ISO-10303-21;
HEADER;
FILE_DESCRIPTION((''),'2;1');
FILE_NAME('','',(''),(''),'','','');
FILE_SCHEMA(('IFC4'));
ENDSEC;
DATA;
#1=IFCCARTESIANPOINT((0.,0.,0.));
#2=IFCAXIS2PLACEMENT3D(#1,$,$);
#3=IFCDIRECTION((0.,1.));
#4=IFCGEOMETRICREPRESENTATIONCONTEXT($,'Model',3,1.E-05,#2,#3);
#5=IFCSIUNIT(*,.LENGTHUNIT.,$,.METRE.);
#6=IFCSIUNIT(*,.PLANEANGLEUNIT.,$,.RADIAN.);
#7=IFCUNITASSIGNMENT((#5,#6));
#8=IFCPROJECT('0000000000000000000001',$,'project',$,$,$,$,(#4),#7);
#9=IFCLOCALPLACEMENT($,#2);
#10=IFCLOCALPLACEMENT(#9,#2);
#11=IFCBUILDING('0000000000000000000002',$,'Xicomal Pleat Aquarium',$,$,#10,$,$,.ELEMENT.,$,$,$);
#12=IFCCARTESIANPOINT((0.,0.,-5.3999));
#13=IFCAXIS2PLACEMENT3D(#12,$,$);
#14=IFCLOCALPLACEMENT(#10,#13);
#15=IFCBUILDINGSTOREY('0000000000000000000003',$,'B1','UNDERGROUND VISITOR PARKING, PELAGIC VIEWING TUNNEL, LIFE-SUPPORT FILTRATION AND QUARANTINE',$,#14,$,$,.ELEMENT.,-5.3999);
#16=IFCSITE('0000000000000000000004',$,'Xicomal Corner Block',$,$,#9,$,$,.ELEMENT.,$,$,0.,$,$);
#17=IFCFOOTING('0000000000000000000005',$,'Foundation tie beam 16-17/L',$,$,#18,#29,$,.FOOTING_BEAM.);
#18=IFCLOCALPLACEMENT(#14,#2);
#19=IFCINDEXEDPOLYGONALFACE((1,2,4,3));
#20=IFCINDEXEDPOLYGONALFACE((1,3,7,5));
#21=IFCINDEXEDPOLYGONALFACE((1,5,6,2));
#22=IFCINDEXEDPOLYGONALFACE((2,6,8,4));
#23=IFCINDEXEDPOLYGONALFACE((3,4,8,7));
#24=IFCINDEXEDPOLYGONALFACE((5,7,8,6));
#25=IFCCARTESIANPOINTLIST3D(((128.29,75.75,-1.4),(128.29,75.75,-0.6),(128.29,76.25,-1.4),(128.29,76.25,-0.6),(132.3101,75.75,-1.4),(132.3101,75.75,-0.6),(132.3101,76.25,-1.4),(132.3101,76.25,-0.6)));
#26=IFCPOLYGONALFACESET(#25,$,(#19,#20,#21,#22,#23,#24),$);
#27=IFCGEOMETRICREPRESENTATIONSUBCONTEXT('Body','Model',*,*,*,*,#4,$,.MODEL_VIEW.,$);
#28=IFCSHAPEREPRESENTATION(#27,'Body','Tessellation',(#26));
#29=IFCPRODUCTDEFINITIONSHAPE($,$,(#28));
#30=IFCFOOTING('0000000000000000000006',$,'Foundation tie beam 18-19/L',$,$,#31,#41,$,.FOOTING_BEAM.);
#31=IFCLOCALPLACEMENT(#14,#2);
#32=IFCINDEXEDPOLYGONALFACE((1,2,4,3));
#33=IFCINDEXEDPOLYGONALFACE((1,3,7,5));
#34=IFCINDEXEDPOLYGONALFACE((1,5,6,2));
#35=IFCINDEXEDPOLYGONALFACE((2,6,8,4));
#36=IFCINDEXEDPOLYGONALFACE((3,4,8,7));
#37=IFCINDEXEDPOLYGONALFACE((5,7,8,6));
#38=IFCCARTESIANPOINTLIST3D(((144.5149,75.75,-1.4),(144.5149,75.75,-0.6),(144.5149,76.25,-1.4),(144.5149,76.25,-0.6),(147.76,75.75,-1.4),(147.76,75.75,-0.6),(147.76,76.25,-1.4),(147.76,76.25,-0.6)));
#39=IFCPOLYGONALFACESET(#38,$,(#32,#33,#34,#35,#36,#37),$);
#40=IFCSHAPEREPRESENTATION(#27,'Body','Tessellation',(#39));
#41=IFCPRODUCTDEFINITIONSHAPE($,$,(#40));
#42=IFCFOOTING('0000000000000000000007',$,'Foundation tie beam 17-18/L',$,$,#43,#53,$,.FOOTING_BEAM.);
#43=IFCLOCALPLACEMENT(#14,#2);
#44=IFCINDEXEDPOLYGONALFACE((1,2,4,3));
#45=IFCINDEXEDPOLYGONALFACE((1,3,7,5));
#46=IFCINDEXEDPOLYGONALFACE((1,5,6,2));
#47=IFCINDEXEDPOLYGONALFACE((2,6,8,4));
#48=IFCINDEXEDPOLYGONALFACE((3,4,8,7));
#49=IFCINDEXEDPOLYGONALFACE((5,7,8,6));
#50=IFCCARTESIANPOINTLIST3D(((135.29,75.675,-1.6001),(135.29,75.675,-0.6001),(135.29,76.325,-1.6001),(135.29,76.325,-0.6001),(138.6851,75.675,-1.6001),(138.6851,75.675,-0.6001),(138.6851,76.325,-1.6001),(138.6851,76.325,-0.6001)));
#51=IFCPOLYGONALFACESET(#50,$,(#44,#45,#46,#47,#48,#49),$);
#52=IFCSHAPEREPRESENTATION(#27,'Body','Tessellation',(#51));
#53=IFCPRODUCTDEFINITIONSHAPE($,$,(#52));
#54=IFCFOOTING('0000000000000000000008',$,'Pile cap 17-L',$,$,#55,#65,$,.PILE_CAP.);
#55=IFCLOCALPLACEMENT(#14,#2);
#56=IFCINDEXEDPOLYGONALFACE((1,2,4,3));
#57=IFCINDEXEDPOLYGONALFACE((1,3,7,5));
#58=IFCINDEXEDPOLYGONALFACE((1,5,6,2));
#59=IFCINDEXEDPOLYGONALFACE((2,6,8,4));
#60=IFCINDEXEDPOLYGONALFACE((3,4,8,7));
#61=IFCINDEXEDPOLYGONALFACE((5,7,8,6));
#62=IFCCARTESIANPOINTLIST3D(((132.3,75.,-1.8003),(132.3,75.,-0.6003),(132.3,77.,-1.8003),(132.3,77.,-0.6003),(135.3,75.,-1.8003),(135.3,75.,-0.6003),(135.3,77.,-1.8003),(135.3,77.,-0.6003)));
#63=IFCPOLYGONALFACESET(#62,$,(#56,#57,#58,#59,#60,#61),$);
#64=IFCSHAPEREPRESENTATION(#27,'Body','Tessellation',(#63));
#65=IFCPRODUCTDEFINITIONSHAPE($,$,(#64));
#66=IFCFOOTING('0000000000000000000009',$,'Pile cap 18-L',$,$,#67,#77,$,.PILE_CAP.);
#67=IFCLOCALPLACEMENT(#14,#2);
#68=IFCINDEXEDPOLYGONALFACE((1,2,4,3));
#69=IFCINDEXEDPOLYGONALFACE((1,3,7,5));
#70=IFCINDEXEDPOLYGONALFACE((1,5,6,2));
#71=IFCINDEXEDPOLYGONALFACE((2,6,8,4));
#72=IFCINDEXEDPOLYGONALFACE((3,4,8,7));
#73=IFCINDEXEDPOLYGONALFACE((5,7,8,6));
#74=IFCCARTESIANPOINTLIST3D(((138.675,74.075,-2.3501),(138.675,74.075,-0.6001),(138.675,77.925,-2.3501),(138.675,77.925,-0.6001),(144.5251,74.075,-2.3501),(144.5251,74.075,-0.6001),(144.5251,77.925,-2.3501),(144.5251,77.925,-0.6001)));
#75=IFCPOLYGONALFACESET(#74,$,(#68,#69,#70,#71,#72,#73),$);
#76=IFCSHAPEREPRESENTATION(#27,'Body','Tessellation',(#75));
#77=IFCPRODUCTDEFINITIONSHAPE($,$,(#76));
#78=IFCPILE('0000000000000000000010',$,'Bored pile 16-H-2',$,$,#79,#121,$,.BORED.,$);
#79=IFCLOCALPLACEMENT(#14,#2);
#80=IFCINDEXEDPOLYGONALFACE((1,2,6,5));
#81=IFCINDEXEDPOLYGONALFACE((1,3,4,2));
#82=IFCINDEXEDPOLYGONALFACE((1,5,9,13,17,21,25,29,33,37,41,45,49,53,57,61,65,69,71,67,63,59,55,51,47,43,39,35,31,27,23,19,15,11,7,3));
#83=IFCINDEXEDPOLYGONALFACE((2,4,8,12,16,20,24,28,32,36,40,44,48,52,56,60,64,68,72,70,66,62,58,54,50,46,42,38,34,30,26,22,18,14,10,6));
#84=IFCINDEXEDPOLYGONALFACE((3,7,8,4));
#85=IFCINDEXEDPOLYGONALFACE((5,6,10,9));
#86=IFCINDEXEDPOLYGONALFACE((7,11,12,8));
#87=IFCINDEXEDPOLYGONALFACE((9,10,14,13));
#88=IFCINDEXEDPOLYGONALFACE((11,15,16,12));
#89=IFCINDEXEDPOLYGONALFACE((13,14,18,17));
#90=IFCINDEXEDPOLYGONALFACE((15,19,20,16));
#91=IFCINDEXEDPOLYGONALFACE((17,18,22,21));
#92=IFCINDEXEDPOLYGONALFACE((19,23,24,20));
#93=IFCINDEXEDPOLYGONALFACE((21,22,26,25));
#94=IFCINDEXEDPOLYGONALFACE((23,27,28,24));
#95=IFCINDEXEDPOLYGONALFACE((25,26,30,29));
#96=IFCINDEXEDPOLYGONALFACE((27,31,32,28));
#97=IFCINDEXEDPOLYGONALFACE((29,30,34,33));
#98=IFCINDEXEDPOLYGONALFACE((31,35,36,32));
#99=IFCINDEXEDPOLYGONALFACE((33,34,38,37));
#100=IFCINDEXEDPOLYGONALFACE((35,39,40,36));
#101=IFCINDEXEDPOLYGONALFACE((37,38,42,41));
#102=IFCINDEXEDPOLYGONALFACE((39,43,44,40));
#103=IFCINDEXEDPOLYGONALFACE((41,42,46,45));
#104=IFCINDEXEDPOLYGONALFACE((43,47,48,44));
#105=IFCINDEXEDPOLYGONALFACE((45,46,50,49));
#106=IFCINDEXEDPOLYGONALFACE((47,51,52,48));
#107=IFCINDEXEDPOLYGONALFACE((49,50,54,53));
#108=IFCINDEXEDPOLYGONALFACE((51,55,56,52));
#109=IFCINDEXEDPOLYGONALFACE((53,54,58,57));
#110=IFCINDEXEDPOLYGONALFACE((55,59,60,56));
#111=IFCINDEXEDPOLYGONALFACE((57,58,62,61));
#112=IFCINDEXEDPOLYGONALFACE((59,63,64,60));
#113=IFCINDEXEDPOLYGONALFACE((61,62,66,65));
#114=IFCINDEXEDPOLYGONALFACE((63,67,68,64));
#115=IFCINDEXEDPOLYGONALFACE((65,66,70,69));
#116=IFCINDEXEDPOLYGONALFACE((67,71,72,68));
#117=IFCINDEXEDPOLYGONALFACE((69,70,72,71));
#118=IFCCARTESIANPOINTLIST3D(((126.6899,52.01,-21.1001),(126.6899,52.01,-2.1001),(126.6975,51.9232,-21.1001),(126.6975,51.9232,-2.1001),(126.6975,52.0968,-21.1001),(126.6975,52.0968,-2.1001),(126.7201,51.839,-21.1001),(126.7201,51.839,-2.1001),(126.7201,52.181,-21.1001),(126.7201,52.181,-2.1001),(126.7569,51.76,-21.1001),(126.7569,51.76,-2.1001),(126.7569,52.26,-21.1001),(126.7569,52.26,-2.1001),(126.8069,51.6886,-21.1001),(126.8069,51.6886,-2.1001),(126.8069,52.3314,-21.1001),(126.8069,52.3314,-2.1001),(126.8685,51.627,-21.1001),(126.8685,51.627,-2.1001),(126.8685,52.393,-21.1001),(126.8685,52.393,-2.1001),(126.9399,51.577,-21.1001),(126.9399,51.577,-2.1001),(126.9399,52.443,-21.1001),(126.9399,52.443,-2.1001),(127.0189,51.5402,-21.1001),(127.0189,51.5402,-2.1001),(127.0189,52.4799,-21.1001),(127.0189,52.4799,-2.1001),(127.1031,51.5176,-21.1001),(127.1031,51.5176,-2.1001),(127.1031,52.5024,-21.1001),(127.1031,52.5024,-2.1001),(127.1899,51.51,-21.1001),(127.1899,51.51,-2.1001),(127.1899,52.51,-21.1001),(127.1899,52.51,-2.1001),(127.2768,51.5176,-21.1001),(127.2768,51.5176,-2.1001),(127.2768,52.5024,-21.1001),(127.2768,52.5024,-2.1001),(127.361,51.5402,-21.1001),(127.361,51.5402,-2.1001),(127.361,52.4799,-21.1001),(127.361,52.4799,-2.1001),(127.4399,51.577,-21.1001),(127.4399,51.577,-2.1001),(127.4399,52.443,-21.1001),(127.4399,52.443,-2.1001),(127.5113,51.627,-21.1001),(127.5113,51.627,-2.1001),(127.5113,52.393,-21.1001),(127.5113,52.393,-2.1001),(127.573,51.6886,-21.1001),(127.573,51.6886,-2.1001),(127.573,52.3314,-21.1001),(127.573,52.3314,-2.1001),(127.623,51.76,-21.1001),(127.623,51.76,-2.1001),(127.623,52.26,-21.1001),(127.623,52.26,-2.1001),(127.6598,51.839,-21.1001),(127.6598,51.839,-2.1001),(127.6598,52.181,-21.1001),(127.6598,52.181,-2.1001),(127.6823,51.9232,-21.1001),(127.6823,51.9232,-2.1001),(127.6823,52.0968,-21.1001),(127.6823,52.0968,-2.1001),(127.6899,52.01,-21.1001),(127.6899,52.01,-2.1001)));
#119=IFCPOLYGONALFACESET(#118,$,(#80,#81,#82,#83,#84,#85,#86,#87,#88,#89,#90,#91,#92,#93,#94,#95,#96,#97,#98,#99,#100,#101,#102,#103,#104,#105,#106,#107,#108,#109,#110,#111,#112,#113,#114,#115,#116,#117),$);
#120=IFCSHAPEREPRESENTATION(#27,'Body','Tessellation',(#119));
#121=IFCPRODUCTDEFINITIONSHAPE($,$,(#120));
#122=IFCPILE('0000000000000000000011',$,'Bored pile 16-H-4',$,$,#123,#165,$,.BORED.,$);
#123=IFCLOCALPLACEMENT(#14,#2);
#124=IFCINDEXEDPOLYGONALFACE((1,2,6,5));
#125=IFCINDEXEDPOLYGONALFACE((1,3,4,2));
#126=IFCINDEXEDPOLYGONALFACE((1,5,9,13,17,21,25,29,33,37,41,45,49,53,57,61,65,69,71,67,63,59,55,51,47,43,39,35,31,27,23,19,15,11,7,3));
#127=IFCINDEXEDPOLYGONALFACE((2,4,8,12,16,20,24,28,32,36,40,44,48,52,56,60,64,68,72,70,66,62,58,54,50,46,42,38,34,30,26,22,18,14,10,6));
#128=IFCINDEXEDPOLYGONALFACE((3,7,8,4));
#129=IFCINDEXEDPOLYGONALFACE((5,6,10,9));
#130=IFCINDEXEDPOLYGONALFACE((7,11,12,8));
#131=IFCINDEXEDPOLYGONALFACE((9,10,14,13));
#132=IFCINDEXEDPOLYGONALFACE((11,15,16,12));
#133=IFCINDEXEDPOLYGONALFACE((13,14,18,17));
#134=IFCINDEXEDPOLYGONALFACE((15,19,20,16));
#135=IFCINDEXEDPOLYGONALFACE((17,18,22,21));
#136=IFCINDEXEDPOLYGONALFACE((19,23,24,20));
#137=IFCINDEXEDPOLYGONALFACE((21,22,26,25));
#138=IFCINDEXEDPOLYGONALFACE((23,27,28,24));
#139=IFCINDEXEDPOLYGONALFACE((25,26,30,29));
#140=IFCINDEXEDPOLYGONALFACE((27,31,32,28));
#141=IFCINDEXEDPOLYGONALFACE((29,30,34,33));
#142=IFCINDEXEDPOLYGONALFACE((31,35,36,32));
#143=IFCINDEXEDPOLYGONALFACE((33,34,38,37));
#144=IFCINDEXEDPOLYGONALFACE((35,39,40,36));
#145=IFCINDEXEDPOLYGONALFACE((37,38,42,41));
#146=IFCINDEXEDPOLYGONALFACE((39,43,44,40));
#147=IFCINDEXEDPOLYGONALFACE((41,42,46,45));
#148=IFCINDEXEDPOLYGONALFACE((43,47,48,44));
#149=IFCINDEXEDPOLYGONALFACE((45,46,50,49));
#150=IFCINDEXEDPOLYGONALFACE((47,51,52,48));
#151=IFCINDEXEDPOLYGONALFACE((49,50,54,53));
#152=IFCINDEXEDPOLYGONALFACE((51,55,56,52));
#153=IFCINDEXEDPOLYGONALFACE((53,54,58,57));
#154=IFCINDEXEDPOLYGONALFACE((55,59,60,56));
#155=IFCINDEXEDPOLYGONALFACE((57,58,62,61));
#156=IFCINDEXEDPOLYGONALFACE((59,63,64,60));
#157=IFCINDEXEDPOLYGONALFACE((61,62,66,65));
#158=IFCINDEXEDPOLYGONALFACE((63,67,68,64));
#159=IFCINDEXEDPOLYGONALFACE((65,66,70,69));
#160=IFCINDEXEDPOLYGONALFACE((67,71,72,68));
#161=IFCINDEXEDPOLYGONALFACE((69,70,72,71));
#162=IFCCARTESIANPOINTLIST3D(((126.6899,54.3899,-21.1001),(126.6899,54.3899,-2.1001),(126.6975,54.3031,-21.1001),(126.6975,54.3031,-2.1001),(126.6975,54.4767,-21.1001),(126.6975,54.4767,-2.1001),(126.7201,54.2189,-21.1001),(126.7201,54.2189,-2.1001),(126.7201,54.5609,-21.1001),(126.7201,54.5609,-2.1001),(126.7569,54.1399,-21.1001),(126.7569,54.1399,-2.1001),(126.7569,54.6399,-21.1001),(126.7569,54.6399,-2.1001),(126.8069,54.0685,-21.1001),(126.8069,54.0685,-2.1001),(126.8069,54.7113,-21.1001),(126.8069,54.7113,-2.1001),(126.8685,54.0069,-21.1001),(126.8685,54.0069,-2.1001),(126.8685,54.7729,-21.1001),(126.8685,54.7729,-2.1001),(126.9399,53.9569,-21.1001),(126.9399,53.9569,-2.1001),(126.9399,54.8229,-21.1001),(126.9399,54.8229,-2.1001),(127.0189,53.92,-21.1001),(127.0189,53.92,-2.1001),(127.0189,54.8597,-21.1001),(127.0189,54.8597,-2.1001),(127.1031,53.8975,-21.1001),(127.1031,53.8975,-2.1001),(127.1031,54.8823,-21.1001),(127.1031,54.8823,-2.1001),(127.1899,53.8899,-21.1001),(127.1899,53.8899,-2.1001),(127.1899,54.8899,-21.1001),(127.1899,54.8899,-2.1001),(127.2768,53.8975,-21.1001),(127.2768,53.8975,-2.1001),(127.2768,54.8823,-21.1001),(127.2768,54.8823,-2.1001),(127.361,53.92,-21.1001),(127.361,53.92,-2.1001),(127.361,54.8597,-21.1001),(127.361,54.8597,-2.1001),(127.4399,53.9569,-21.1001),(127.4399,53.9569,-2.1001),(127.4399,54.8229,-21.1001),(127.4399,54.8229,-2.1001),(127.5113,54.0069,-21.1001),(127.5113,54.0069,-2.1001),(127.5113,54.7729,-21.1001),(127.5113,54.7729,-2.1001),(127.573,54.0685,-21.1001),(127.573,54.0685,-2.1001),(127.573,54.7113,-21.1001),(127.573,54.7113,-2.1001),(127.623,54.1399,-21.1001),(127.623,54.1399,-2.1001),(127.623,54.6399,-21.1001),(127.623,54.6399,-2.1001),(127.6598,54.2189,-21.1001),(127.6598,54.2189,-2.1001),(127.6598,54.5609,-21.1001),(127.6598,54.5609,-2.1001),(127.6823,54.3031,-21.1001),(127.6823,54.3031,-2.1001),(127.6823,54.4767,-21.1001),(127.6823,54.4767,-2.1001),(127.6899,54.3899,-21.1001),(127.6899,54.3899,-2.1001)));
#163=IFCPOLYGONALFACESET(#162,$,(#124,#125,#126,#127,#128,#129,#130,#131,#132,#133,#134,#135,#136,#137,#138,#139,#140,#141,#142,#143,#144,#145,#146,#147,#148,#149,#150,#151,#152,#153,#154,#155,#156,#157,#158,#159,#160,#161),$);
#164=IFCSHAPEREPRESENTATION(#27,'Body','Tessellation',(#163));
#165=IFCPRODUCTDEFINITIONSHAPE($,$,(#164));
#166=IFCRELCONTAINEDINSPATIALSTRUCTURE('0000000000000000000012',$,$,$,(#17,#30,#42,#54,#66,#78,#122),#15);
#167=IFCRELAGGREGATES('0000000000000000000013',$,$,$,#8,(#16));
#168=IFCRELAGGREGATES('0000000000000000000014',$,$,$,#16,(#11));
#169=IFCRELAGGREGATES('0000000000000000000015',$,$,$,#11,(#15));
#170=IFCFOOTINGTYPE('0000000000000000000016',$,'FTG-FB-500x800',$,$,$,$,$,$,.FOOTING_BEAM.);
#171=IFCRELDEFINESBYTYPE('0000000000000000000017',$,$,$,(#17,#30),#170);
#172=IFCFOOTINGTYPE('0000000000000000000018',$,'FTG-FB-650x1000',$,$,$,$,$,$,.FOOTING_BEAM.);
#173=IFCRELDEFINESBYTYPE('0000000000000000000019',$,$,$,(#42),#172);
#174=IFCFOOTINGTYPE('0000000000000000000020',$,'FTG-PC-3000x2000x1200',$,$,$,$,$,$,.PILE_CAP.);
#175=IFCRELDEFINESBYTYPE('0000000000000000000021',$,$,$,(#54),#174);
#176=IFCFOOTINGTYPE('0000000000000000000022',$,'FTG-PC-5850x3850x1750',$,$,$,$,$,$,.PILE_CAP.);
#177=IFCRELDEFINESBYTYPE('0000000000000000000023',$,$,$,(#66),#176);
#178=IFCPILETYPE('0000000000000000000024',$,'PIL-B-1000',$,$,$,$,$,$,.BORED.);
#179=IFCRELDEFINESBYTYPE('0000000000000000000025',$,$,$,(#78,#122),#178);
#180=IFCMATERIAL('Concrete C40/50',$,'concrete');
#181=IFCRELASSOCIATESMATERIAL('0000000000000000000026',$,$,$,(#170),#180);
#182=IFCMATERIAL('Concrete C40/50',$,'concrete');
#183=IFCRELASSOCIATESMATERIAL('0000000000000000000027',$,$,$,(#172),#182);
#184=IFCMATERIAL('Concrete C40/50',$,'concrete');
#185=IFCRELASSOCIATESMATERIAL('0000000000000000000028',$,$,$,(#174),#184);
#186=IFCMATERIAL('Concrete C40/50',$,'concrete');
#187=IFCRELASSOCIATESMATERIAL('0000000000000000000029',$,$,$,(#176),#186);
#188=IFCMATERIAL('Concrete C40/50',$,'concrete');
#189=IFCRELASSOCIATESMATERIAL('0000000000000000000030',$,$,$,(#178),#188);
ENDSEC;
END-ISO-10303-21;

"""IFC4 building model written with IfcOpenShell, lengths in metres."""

from ifc_helpers import new_model, si_unit, direction, frame, origin, origin_2d, place, context, subcontext, project, spatial, rectangle, circle, extrude, material, material_profile, profile_set, type_object, element, save


model = new_model("IFC4")

# Units and contexts
model_context = context("Model", 3, precision=1e-05, world=origin(), true_north=direction((0.0, 1.0)))
body_context = subcontext(model_context, "Body", "Model", "MODEL_VIEW")
ifc_project = project(units=[si_unit("LENGTHUNIT", "METRE"), si_unit("PLANEANGLEUNIT", "RADIAN")], contexts=[model_context])

# Site, building, storey
site_placement = place(None, origin())
site = spatial("IfcSite", under=ifc_project, at=site_placement, Name="Xicomal Corner Block", CompositionType="ELEMENT", RefElevation=0.0)
building_placement = place(site_placement, origin())
building = spatial("IfcBuilding", under=site, at=building_placement, Name="Xicomal Pleat Aquarium", CompositionType="ELEMENT")
storey_placement = place(building_placement, frame((0.0, 0.0, -5.3999)))
storey = spatial("IfcBuildingStorey", under=building, at=storey_placement, Name="B1", Description="UNDERGROUND VISITOR PARKING, PELAGIC VIEWING TUNNEL, LIFE-SUPPORT FILTRATION AND QUARANTINE", CompositionType="ELEMENT", Elevation=-5.3999)

# Footings
ifc_material_1 = material(Name="Concrete C40/50", Category="concrete")
ifc_material_profile_1 = material_profile(ifc_material_1, rectangle(XDim=0.5, YDim=0.8, at=origin_2d()), Name="FB-01 500x800")
ifc_profile_set_1 = profile_set([ifc_material_profile_1], Name="Concrete C40/50")
footing_type_1 = type_object("IfcFootingType", Name="FTG-FB-500x800", PredefinedType="FOOTING_BEAM", material=ifc_profile_set_1)
footing_1_placement = place(storey_placement, frame((128.29, 76.0, -1.0), z_axis=(1.0, 0.0, 0.0), x_axis=(0.0, 1.0, 0.0)))
element("IfcFooting", 1, at=footing_1_placement, inside=storey, type_object=footing_type_1, Name="Foundation tie beam 16-17/L", PredefinedType="FOOTING_BEAM", context=body_context, shape_type="SweptSolid", body=[
    extrude(rectangle(XDim=0.5, YDim=0.8, at=origin_2d()), origin(), (0.0, 0.0, 1.0), 4.02),
])
footing_2_placement = place(storey_placement, frame((144.5149, 76.0, -1.0), z_axis=(1.0, 0.0, 0.0), x_axis=(0.0, 1.0, 0.0)))
element("IfcFooting", 2, at=footing_2_placement, inside=storey, type_object=footing_type_1, Name="Foundation tie beam 18-19/L", PredefinedType="FOOTING_BEAM", context=body_context, shape_type="SweptSolid", body=[
    extrude(rectangle(XDim=0.5, YDim=0.8, at=origin_2d()), origin(), (0.0, 0.0, 1.0), 3.2451),
])
ifc_material_2 = material(Name="Concrete C40/50", Category="concrete")
ifc_material_profile_2 = material_profile(ifc_material_2, rectangle(XDim=0.6499, YDim=1.0, at=origin_2d()), Name="FB-03 650x1000")
ifc_profile_set_2 = profile_set([ifc_material_profile_2], Name="Concrete C40/50")
footing_type_2 = type_object("IfcFootingType", Name="FTG-FB-650x1000", PredefinedType="FOOTING_BEAM", material=ifc_profile_set_2)
footing_3_placement = place(storey_placement, frame((135.29, 76.0, -1.1001), z_axis=(1.0, 0.0, 0.0), x_axis=(0.0, 1.0, 0.0)))
element("IfcFooting", 3, at=footing_3_placement, inside=storey, type_object=footing_type_2, Name="Foundation tie beam 17-18/L", PredefinedType="FOOTING_BEAM", context=body_context, shape_type="SweptSolid", body=[
    extrude(rectangle(XDim=0.6499, YDim=1.0, at=origin_2d()), origin(), (0.0, 0.0, 1.0), 3.395),
])
ifc_material_3 = material(Name="Concrete C40/50", Category="concrete")
footing_type_3 = type_object("IfcFootingType", Name="FTG-PC-3000x2000x1200", PredefinedType="PILE_CAP", material=ifc_material_3)
footing_4_placement = place(storey_placement, frame((133.8, 76.0, -1.8003), z_axis=(0.0, 0.0, 1.0), x_axis=(1.0, 0.0, 0.0)))
element("IfcFooting", 4, at=footing_4_placement, inside=storey, type_object=footing_type_3, Name="Pile cap 17-L", PredefinedType="PILE_CAP", context=body_context, shape_type="SweptSolid", body=[
    extrude(rectangle(XDim=3.0, YDim=2.0, at=origin_2d()), origin(), (0.0, 0.0, 1.0), 1.2),
])
ifc_material_4 = material(Name="Concrete C40/50", Category="concrete")
footing_type_4 = type_object("IfcFootingType", Name="FTG-PC-5850x3850x1750", PredefinedType="PILE_CAP", material=ifc_material_4)
footing_5_placement = place(storey_placement, frame((141.6001, 76.0, -2.3501), z_axis=(0.0, 0.0, 1.0), x_axis=(1.0, 0.0, 0.0)))
element("IfcFooting", 5, at=footing_5_placement, inside=storey, type_object=footing_type_4, Name="Pile cap 18-L", PredefinedType="PILE_CAP", context=body_context, shape_type="SweptSolid", body=[
    extrude(rectangle(XDim=5.8501, YDim=3.8501, at=origin_2d()), origin(), (0.0, 0.0, 1.0), 1.75),
])

# Piles
ifc_material_5 = material(Name="Concrete C40/50", Category="concrete")
ifc_material_profile_3 = material_profile(ifc_material_5, circle(Radius=0.5, at=origin_2d()), Name="BORED PILE D1000")
ifc_profile_set_3 = profile_set([ifc_material_profile_3], Name="Concrete C40/50")
pile_type_1 = type_object("IfcPileType", Name="PIL-B-1000", PredefinedType="BORED", material=ifc_profile_set_3)
for number, where, z_axis, x_axis, name in (
    (6, (127.1899, 52.01, -2.1001), (0.0, 0.0, -1.0), (1.0, 0.0, 0.0), "Bored pile 16-H-2"),
    (7, (127.1899, 54.3899, -2.1001), (0.0, 0.0, -1.0), (1.0, 0.0, 0.0), "Bored pile 16-H-4"),
):
    element("IfcPile", number, at=place(storey_placement, frame(where, z_axis=z_axis, x_axis=x_axis)), inside=storey, type_object=pile_type_1, Name=name, PredefinedType="BORED", context=body_context, shape_type="SweptSolid", body=[
        extrude(circle(Radius=0.5, at=origin_2d()), origin(), (0.0, 0.0, 1.0), 19.0),
    ])

save(model, "model.ifc")
